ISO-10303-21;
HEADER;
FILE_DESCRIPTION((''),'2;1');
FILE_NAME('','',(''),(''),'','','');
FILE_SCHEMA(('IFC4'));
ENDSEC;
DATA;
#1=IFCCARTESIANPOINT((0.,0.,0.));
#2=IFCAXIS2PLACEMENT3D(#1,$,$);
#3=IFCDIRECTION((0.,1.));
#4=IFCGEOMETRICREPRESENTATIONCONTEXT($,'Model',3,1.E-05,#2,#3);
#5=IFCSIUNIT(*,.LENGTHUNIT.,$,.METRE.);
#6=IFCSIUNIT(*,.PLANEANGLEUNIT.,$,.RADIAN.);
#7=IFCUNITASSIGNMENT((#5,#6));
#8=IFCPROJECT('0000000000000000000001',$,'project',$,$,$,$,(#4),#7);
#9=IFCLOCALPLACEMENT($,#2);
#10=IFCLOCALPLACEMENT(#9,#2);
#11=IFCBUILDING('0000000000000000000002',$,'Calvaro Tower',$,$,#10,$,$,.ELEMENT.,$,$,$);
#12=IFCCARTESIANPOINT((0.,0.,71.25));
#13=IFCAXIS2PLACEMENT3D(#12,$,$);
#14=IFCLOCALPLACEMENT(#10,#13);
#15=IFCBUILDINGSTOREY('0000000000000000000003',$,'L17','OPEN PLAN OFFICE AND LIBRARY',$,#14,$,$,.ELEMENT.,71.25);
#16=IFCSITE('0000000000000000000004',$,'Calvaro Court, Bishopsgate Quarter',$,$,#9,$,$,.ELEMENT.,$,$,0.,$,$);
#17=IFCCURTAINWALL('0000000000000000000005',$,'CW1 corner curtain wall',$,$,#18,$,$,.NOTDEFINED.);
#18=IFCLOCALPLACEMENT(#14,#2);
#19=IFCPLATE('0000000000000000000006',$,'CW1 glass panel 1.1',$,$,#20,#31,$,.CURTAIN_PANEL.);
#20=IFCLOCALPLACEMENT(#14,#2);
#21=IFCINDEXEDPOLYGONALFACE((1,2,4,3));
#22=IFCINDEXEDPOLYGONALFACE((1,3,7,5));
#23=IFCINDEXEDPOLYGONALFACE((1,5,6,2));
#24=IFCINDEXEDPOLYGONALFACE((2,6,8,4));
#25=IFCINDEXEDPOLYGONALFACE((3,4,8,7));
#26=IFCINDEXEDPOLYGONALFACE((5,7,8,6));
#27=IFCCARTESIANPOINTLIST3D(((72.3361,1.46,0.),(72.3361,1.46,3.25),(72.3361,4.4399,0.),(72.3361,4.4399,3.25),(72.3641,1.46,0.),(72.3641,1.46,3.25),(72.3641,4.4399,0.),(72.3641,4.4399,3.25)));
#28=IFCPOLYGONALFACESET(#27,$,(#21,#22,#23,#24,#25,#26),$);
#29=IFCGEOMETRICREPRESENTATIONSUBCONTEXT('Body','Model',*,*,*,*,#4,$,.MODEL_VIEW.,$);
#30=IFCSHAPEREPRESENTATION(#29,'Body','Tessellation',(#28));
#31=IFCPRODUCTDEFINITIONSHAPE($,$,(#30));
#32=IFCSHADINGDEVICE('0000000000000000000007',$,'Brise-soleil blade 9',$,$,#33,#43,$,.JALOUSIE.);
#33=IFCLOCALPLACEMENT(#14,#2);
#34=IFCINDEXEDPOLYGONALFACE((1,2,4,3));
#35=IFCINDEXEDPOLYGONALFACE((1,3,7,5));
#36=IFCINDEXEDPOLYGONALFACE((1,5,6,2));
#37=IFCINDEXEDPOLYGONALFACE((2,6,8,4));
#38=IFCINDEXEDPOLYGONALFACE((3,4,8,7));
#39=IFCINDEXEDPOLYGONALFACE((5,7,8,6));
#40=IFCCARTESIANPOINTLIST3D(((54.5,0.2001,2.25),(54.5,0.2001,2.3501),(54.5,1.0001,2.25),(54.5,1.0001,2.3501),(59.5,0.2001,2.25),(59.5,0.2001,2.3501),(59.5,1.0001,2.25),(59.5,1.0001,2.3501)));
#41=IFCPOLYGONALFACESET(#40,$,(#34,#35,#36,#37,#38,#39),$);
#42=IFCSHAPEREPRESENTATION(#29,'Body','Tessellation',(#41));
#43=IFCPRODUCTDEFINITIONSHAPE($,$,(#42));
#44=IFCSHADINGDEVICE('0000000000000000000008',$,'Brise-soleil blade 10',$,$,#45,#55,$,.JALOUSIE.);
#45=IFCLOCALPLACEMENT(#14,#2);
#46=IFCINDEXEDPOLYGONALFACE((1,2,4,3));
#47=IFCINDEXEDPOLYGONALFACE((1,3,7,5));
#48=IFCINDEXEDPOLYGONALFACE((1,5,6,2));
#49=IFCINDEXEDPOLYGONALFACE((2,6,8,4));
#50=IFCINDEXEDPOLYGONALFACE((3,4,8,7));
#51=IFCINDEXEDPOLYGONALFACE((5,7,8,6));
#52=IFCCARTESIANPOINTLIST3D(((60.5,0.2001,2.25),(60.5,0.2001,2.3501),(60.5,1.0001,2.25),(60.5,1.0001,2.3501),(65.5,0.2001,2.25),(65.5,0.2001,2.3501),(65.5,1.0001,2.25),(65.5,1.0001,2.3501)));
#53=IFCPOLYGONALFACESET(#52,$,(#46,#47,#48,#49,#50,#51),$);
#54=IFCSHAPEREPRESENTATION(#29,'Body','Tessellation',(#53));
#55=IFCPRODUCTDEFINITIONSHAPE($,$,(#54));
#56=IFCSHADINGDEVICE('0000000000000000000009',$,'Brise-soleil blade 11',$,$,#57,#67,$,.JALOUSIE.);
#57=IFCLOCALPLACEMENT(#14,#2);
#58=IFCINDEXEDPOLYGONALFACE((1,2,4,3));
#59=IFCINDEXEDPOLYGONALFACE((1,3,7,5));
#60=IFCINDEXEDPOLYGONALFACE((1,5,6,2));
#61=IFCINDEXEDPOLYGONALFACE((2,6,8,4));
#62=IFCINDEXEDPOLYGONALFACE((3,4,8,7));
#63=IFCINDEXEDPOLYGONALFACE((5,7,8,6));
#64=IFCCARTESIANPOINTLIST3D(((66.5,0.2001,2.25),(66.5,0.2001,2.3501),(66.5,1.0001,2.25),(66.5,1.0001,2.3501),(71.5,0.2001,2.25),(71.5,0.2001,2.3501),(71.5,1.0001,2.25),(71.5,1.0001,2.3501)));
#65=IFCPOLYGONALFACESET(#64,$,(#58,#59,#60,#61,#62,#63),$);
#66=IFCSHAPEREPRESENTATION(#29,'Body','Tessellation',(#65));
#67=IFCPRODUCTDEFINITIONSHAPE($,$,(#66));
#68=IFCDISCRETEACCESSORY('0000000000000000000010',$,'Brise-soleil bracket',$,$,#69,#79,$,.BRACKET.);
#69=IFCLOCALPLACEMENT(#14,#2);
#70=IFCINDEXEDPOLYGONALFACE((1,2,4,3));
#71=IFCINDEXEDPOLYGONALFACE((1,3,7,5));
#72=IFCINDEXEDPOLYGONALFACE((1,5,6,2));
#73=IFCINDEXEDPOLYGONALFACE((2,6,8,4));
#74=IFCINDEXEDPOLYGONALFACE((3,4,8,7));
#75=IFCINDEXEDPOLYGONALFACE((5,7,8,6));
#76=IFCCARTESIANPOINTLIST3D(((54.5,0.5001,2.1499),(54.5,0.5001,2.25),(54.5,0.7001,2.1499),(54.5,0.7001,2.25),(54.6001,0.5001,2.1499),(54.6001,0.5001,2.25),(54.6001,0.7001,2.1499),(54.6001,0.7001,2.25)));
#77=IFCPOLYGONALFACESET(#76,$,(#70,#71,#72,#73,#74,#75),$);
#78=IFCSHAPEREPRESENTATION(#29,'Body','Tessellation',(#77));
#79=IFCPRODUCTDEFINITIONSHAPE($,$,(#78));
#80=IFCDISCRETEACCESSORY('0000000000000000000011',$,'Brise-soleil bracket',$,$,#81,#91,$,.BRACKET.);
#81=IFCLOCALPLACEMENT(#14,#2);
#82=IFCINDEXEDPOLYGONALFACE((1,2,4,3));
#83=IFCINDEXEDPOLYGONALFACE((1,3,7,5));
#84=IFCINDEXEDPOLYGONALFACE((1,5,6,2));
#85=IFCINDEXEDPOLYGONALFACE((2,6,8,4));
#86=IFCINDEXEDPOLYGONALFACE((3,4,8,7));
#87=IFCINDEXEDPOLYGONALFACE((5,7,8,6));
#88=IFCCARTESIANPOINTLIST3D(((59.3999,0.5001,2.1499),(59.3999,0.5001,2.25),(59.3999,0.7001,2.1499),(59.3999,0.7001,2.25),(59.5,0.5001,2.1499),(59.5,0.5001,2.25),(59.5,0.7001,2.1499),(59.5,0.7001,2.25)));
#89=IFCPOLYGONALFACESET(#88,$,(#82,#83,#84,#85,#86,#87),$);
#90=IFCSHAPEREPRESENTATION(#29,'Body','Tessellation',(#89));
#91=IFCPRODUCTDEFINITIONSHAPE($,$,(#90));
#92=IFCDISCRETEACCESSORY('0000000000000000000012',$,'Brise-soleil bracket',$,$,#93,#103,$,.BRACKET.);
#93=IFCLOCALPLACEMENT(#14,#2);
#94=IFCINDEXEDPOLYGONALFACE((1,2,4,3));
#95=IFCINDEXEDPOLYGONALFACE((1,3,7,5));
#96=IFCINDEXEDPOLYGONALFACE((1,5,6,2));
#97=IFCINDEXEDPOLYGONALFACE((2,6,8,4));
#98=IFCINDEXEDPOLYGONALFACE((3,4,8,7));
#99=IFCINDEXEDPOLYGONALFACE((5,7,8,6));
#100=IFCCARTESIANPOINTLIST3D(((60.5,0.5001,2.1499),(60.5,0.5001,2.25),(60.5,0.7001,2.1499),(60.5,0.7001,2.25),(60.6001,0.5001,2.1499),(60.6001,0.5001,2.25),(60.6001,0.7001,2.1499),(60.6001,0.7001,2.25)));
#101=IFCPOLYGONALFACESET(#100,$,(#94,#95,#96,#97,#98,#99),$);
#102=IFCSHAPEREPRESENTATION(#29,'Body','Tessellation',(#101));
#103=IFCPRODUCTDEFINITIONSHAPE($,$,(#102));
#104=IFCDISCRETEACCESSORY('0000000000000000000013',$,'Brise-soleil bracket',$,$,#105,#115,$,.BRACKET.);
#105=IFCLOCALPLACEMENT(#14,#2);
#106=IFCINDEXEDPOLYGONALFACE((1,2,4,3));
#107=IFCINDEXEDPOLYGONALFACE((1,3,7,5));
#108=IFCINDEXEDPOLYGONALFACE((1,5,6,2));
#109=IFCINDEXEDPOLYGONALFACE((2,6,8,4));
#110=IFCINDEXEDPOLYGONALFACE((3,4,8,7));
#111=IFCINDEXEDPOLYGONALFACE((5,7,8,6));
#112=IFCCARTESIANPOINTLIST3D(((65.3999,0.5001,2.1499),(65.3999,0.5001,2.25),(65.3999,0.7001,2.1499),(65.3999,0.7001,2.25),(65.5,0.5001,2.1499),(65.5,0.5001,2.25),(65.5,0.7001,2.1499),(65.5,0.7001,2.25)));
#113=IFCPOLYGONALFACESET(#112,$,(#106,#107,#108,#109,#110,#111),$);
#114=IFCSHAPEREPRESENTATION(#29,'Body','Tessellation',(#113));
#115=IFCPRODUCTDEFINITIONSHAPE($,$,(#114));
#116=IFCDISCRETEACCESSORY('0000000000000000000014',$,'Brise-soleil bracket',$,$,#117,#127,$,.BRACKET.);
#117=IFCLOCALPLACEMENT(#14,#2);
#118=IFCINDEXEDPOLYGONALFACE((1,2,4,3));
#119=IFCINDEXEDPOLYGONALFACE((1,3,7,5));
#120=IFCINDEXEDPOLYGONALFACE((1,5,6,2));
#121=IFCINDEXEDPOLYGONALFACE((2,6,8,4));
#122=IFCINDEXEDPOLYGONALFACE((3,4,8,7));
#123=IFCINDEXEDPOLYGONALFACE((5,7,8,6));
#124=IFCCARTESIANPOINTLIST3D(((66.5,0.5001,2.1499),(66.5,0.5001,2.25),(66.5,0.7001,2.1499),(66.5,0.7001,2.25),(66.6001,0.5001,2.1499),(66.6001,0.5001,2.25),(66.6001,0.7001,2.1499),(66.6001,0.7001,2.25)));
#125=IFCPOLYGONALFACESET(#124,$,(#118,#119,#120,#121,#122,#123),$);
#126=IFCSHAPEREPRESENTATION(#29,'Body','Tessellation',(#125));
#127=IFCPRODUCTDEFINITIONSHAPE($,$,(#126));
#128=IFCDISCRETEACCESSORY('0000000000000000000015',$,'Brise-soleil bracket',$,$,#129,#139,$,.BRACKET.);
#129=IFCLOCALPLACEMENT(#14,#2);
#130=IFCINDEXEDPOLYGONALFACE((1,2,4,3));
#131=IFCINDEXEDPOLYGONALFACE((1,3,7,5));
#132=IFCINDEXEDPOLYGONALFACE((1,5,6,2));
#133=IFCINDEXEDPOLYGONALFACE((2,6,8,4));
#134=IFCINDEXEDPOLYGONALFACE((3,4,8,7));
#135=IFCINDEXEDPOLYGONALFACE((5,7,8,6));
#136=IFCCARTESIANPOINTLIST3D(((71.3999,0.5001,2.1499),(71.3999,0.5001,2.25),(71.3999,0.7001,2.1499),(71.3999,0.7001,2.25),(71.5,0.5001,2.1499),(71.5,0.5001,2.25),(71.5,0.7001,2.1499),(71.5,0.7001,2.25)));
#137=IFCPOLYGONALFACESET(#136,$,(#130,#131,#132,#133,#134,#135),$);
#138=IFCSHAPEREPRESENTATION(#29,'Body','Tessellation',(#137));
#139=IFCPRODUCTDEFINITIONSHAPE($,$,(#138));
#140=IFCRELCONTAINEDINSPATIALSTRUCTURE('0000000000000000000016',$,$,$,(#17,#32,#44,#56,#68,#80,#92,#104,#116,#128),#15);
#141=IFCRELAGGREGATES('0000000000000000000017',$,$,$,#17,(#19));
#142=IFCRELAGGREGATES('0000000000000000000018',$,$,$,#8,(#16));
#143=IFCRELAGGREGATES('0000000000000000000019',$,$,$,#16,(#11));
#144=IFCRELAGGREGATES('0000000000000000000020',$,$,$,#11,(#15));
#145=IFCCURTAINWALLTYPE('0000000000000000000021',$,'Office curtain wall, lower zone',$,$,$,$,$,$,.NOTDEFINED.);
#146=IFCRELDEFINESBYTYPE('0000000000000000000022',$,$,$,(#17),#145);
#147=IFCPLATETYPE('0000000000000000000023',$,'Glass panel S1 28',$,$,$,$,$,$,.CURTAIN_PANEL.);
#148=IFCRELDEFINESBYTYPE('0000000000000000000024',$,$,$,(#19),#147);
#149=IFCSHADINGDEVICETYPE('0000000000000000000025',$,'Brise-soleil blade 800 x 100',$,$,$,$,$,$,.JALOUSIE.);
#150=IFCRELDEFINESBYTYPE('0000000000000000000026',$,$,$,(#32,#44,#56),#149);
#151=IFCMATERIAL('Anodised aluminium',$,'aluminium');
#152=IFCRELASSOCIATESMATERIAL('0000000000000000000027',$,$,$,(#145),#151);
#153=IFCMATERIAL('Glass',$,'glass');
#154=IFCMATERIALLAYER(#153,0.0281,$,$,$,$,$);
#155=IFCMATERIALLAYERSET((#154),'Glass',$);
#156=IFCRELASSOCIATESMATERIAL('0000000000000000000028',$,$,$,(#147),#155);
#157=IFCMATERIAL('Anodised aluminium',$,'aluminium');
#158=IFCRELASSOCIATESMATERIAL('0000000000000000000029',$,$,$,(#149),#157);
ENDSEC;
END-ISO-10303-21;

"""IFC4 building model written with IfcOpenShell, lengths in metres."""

from ifc_helpers import new_model, si_unit, direction, frame, origin, origin_2d, place, context, subcontext, project, spatial, rectangle, extrude, material, layer, layer_set, material_profile, profile_set, type_object, element, aggregate, save


model = new_model("IFC4")

# Units and contexts
model_context = context("Model", 3, precision=1e-05, world=origin(), true_north=direction((0.0, 1.0)))
body_context = subcontext(model_context, "Body", "Model", "MODEL_VIEW")
ifc_project = project(units=[si_unit("LENGTHUNIT", "METRE"), si_unit("PLANEANGLEUNIT", "RADIAN")], contexts=[model_context])

# Site, building, storey
site_placement = place(None, origin())
site = spatial("IfcSite", under=ifc_project, at=site_placement, Name="Calvaro Court, Bishopsgate Quarter", CompositionType="ELEMENT", RefElevation=0.0)
building_placement = place(site_placement, origin())
building = spatial("IfcBuilding", under=site, at=building_placement, Name="Calvaro Tower", CompositionType="ELEMENT")
storey_placement = place(building_placement, frame((0.0, 0.0, 71.25)))
storey = spatial("IfcBuildingStorey", under=building, at=storey_placement, Name="L17", Description="OPEN PLAN OFFICE AND LIBRARY", CompositionType="ELEMENT", Elevation=71.25)

# Curtain wall
ifc_material_1 = material(Name="Anodised aluminium", Category="aluminium")
curtain_wall_type = type_object("IfcCurtainWallType", Name="Office curtain wall, lower zone", PredefinedType="NOTDEFINED", material=ifc_material_1)
curtain_wall_1_placement = place(storey_placement, origin())
curtain_wall_1 = element("IfcCurtainWall", 1, at=curtain_wall_1_placement, inside=storey, type_object=curtain_wall_type, Name="CW1 corner curtain wall", PredefinedType="NOTDEFINED")

# Plate
ifc_material_2 = material(Name="Glass", Category="glass")
ifc_layer = layer(ifc_material_2, 0.0281)
ifc_layer_set = layer_set([ifc_layer], Name="Glass")
plate_type = type_object("IfcPlateType", Name="Glass panel S1 28", PredefinedType="CURTAIN_PANEL", material=ifc_layer_set)
plate_1_placement = place(storey_placement, frame((72.3501, 2.95, 0.0), z_axis=(0.0, 0.0, 1.0), x_axis=(0.0, 1.0, 0.0)))
plate_1 = element("IfcPlate", 2, at=plate_1_placement, type_object=plate_type, Name="CW1 glass panel 1.1", PredefinedType="CURTAIN_PANEL", context=body_context, shape_type="SweptSolid", body=[
    extrude(rectangle(XDim=2.98, YDim=0.0281, at=origin_2d()), origin(), (0.0, 0.0, 1.0), 3.25),
])
aggregate(curtain_wall_1, [plate_1])

# Shading devices
ifc_material_3 = material(Name="Anodised aluminium", Category="aluminium")
ifc_material_profile_1 = material_profile(ifc_material_3, rectangle(XDim=0.8, YDim=0.1001, at=origin_2d()), Name="Brise-soleil blade 800 x 100")
ifc_profile_set_1 = profile_set([ifc_material_profile_1], Name="Anodised aluminium")
shading_device_type = type_object("IfcShadingDeviceType", Name="Brise-soleil blade 800 x 100", PredefinedType="JALOUSIE", material=ifc_profile_set_1)
for number, where, z_axis, x_axis, name in (
    (3, (54.5, 0.6001, 2.3), (1.0, 0.0, 0.0), (0.0, 1.0, 0.0), "Brise-soleil blade 9"),
    (4, (60.5, 0.6001, 2.3), (1.0, 0.0, 0.0), (0.0, 1.0, 0.0), "Brise-soleil blade 10"),
    (5, (66.5, 0.6001, 2.3), (1.0, 0.0, 0.0), (0.0, 1.0, 0.0), "Brise-soleil blade 11"),
):
    element("IfcShadingDevice", number, at=place(storey_placement, frame(where, z_axis=z_axis, x_axis=x_axis)), inside=storey, type_object=shading_device_type, Name=name, PredefinedType="JALOUSIE", context=body_context, shape_type="SweptSolid", body=[
        extrude(rectangle(XDim=0.8, YDim=0.1001, at=origin_2d()), origin(), (0.0, 0.0, 1.0), 5.0),
    ])

# Discrete accessories
for number, where, z_axis, x_axis, name in (
    (6, (54.55, 0.6001, 2.1499), (0.0, 0.0, 1.0), (1.0, 0.0, 0.0), "Brise-soleil bracket"),
    (7, (59.45, 0.6001, 2.1499), (0.0, 0.0, 1.0), (1.0, 0.0, 0.0), "Brise-soleil bracket"),
    (8, (60.55, 0.6001, 2.1499), (0.0, 0.0, 1.0), (1.0, 0.0, 0.0), "Brise-soleil bracket"),
    (9, (65.45, 0.6001, 2.1499), (0.0, 0.0, 1.0), (1.0, 0.0, 0.0), "Brise-soleil bracket"),
    (10, (66.55, 0.6001, 2.1499), (0.0, 0.0, 1.0), (1.0, 0.0, 0.0), "Brise-soleil bracket"),
    (11, (71.45, 0.6001, 2.1499), (0.0, 0.0, 1.0), (1.0, 0.0, 0.0), "Brise-soleil bracket"),
):
    element("IfcDiscreteAccessory", number, at=place(storey_placement, frame(where, z_axis=z_axis, x_axis=x_axis)), inside=storey, Name=name, PredefinedType="BRACKET", context=body_context, shape_type="SweptSolid", body=[
        extrude(rectangle(XDim=0.1001, YDim=0.2, at=origin_2d()), origin(), (0.0, 0.0, 1.0), 0.1001),
    ])

save(model, "model.ifc")
